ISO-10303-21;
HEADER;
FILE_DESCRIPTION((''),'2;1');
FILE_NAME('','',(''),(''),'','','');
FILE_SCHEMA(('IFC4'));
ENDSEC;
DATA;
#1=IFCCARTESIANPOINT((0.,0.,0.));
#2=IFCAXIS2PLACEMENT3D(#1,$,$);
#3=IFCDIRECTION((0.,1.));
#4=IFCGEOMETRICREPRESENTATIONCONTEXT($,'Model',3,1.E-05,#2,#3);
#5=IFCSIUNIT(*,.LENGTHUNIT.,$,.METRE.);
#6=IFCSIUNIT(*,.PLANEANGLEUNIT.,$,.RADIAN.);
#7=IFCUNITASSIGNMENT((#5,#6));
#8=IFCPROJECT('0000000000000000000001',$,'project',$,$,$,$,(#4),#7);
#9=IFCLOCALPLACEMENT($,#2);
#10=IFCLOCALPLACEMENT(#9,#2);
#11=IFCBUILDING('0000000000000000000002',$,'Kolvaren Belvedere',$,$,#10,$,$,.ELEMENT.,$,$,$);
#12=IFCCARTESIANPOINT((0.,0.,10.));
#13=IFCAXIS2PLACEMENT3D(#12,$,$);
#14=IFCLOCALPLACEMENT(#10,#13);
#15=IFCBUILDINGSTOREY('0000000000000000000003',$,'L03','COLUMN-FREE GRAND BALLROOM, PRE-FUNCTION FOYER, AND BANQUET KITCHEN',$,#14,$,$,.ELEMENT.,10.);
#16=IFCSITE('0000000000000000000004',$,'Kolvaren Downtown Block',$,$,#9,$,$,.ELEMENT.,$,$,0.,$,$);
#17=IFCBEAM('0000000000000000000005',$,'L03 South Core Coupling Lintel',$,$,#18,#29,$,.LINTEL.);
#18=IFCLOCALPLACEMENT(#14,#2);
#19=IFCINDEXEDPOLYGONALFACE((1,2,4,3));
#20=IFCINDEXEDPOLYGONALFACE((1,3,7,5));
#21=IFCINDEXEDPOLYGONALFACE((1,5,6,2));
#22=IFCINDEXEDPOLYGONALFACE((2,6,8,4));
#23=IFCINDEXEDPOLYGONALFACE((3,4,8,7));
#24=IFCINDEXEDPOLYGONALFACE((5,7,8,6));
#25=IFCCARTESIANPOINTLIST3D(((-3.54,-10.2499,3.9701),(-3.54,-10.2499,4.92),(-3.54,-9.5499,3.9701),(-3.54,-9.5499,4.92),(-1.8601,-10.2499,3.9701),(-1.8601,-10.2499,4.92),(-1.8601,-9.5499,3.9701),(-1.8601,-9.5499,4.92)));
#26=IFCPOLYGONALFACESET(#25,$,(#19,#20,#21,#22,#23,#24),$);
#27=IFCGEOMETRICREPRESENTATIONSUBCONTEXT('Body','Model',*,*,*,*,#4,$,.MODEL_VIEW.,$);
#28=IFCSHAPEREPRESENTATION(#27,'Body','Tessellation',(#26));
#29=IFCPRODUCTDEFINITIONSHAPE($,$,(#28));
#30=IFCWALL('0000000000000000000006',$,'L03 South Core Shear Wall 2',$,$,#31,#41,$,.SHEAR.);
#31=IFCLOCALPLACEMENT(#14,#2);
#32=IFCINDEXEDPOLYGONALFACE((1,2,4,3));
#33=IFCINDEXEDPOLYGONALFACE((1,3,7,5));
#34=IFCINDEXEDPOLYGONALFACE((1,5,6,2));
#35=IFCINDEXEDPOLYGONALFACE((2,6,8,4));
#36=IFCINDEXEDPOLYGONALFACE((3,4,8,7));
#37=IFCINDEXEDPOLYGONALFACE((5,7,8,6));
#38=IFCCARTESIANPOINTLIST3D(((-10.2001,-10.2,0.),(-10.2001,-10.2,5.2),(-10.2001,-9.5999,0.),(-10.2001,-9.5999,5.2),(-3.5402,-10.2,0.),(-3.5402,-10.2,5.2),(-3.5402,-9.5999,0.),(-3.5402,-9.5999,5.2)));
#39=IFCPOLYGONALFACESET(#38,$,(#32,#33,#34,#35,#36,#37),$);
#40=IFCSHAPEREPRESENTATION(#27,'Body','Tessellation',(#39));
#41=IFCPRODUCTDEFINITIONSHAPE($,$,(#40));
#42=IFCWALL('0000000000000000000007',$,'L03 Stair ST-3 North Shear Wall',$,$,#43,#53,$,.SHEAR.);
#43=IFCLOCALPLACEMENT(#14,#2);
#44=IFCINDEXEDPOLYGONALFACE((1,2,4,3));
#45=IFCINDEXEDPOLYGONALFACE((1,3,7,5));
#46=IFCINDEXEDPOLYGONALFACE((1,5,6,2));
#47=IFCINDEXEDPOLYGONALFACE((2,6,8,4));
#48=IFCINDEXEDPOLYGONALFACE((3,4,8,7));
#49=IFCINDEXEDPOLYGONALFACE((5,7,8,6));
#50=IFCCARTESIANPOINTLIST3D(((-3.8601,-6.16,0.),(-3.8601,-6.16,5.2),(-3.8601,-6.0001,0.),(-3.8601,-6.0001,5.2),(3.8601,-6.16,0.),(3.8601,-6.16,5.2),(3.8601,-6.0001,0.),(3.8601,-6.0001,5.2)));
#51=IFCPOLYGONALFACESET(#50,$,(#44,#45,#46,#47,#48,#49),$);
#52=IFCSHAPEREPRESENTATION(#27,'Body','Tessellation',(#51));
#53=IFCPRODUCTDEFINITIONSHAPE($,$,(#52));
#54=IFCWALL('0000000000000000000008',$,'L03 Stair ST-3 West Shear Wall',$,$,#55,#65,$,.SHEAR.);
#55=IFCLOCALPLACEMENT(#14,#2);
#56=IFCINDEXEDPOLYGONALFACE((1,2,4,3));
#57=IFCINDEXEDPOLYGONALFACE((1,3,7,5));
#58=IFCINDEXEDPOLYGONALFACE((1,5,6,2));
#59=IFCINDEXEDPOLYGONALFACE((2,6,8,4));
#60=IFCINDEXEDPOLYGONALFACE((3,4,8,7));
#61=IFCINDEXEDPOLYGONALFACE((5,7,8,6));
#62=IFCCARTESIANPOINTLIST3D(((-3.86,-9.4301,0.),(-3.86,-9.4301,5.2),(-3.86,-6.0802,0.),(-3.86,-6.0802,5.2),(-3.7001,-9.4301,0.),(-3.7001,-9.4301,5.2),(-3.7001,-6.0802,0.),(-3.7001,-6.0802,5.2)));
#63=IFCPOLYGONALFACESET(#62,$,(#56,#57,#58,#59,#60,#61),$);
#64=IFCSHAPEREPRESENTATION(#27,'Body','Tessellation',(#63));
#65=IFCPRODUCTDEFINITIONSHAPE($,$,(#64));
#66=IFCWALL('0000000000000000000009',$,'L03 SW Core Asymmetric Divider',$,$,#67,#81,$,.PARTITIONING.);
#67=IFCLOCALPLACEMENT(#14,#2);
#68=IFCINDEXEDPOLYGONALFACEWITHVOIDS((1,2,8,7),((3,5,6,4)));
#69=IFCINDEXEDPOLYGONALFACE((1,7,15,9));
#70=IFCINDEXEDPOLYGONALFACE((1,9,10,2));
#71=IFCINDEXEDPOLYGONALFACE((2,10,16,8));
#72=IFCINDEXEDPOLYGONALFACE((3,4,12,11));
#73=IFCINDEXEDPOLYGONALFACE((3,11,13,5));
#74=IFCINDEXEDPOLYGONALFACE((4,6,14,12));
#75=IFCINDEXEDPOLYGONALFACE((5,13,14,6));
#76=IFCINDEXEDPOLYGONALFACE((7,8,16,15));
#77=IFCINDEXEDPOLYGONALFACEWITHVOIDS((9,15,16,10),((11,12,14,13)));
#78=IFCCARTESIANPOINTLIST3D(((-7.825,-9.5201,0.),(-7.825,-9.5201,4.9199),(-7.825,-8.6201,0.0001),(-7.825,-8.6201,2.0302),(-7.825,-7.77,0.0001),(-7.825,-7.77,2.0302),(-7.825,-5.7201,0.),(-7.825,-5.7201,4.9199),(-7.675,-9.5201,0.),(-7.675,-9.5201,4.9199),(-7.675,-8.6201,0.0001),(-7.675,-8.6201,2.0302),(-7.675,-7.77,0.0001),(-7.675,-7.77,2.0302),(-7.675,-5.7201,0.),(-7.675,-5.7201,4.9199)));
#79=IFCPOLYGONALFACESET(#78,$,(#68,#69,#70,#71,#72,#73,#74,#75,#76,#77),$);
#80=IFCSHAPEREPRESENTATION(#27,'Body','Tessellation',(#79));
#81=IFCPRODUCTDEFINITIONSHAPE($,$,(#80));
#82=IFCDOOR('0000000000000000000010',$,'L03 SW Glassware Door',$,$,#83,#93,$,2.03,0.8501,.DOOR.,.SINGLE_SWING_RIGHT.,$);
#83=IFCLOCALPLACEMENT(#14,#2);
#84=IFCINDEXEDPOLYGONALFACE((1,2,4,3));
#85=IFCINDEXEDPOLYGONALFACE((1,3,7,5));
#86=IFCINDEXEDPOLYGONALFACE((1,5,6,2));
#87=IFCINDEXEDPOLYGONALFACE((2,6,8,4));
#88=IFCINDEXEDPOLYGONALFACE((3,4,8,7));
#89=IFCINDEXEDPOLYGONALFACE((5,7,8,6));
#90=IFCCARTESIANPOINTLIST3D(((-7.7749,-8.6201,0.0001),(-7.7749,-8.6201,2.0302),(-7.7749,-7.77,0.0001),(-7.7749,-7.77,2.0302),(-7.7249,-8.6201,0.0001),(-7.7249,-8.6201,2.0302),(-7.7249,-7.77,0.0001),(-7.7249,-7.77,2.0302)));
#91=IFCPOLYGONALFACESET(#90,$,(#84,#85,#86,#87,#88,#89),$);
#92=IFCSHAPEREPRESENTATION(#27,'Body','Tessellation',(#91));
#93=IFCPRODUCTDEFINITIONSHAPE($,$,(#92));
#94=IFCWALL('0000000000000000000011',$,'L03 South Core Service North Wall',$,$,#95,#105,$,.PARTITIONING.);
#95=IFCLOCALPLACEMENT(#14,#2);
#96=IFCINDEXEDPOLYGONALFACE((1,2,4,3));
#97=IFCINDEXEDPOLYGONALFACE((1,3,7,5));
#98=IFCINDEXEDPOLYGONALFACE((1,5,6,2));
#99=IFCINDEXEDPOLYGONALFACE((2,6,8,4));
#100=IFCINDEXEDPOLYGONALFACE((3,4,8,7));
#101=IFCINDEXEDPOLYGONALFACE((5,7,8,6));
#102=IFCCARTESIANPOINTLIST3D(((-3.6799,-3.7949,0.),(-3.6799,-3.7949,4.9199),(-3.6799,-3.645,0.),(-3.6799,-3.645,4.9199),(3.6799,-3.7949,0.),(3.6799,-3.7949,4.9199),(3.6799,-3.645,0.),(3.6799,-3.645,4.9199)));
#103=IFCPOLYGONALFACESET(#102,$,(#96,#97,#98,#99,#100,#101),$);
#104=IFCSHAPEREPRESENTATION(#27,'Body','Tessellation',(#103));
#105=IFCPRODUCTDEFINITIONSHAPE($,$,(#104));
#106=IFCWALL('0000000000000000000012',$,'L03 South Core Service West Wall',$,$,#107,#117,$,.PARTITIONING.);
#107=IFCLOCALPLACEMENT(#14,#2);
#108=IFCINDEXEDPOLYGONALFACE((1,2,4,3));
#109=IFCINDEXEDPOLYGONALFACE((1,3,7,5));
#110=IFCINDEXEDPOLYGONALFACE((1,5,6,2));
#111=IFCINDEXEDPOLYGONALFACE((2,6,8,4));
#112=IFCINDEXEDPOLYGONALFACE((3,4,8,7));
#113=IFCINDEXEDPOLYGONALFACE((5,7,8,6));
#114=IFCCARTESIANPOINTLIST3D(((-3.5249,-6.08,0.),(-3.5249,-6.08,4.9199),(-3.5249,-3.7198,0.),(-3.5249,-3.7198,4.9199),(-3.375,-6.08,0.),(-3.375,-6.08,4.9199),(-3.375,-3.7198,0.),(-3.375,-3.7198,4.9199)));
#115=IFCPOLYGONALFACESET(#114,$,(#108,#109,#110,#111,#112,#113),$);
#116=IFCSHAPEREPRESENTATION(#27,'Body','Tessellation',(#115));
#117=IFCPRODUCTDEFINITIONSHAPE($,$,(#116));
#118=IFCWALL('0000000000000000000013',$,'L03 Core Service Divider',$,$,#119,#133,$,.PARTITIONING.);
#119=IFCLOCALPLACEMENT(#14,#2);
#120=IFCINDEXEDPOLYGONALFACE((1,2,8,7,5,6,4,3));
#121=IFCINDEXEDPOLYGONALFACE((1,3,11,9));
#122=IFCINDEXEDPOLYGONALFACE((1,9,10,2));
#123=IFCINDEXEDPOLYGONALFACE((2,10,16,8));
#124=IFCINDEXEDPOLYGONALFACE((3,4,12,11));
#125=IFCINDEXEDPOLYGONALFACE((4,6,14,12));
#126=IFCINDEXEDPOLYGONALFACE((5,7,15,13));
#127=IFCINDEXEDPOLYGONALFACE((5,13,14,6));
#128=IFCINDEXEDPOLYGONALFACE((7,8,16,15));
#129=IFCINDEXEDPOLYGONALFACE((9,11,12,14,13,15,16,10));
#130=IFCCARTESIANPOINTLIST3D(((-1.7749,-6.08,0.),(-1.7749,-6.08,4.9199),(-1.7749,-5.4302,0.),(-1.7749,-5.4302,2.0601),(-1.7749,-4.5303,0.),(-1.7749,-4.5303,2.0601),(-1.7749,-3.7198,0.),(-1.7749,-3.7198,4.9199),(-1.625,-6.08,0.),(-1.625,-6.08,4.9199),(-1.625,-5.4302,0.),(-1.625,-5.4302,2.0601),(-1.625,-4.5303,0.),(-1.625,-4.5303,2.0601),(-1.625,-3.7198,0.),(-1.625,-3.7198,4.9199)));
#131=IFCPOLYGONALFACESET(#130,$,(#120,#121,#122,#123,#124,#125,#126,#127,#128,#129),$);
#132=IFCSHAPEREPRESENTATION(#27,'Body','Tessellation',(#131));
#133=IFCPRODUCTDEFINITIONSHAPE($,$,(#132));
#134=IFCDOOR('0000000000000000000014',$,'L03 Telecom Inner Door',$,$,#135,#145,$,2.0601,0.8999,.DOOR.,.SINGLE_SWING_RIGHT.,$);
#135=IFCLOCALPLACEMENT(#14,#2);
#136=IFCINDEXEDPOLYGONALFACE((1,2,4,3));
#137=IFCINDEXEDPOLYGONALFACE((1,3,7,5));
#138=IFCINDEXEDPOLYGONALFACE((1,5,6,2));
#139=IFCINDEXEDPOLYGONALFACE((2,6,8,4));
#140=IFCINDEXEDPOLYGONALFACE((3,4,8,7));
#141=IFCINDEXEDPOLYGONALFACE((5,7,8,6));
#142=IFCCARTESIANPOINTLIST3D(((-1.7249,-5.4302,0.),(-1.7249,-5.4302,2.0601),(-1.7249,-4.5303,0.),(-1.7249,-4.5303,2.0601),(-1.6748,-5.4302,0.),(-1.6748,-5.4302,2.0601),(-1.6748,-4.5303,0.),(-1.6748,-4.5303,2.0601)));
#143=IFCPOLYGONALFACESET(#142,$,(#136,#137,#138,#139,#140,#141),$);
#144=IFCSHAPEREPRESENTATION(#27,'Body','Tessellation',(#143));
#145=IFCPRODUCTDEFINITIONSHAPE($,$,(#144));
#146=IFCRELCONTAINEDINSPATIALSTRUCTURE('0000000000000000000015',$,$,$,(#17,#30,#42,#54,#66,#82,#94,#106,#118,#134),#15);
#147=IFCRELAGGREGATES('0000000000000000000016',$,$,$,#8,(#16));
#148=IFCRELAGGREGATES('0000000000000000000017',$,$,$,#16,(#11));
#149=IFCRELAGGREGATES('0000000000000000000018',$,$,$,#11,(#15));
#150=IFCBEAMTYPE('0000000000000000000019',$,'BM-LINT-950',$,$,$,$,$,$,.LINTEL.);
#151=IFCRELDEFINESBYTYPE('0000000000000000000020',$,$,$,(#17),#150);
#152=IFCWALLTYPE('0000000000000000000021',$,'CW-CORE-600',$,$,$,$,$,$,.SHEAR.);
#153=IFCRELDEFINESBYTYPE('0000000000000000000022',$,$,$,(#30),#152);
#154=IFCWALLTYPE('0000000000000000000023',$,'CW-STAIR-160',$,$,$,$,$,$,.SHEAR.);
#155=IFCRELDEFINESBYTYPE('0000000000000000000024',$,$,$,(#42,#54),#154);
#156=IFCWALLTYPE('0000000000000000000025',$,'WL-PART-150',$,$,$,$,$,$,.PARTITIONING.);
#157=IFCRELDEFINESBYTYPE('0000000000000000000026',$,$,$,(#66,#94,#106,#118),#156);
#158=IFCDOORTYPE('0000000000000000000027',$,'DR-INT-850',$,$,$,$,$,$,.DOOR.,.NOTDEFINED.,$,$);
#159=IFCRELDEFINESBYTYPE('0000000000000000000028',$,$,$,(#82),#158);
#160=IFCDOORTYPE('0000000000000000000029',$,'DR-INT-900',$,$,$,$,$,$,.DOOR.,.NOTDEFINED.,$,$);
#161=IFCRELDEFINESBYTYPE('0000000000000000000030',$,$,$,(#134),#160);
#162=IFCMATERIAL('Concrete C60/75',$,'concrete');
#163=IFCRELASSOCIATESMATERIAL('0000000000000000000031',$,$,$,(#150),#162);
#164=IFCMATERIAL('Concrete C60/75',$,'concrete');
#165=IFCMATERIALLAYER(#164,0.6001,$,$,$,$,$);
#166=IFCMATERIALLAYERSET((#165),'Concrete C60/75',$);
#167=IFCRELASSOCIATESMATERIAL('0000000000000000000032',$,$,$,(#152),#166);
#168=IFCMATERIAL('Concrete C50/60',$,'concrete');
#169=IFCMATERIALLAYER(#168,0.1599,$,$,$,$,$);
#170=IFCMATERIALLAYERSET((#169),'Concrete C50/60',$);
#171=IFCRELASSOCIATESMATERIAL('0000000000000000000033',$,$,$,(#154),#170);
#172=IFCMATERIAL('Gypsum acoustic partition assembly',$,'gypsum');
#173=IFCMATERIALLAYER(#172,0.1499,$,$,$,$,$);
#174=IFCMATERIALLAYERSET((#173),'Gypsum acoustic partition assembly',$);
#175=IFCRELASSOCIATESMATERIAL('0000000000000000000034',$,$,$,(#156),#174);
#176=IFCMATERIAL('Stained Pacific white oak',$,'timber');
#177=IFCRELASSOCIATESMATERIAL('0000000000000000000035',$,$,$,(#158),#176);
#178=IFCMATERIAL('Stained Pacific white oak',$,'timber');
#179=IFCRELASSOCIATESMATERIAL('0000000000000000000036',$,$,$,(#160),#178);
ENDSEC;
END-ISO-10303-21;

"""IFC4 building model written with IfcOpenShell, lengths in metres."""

from ifc_helpers import new_model, si_unit, direction, frame, frame_2d, origin, origin_2d, place, context, subcontext, project, spatial, rectangle, extrude, material, layer, layer_set, material_profile, profile_set, type_object, element, fill, save


model = new_model("IFC4")

# Units and contexts
model_context = context("Model", 3, precision=1e-05, world=origin(), true_north=direction((0.0, 1.0)))
body_context = subcontext(model_context, "Body", "Model", "MODEL_VIEW")
ifc_project = project(units=[si_unit("LENGTHUNIT", "METRE"), si_unit("PLANEANGLEUNIT", "RADIAN")], contexts=[model_context])

# Site, building, storey
site_placement = place(None, origin())
site = spatial("IfcSite", under=ifc_project, at=site_placement, Name="Kolvaren Downtown Block", CompositionType="ELEMENT", RefElevation=0.0)
building_placement = place(site_placement, origin())
building = spatial("IfcBuilding", under=site, at=building_placement, Name="Kolvaren Belvedere", CompositionType="ELEMENT")
storey_placement = place(building_placement, frame((0.0, 0.0, 10.0)))
storey = spatial("IfcBuildingStorey", under=building, at=storey_placement, Name="L03", Description="COLUMN-FREE GRAND BALLROOM, PRE-FUNCTION FOYER, AND BANQUET KITCHEN", CompositionType="ELEMENT", Elevation=10.0)

# Beam
ifc_material_1 = material(Name="Concrete C60/75", Category="concrete")
ifc_material_profile = material_profile(ifc_material_1, rectangle(XDim=0.7, YDim=0.95, at=origin_2d()), Name="RC 700X950")
ifc_profile_set = profile_set([ifc_material_profile], Name="Concrete C60/75")
beam_type = type_object("IfcBeamType", Name="BM-LINT-950", PredefinedType="LINTEL", material=ifc_profile_set)
beam_placement = place(storey_placement, frame((-3.54, -9.8999, 4.4451), z_axis=(1.0, 0.0, 0.0), x_axis=(0.0, 1.0, 0.0)))
element("IfcBeam", 1, at=beam_placement, inside=storey, type_object=beam_type, Name="L03 South Core Coupling Lintel", PredefinedType="LINTEL", context=body_context, shape_type="SweptSolid", body=[
    extrude(rectangle(XDim=0.7, YDim=0.95, at=origin_2d()), origin(), (0.0, 0.0, 1.0), 1.6799),
])

# Walls
ifc_material_2 = material(Name="Concrete C60/75", Category="concrete")
ifc_layer_1 = layer(ifc_material_2, 0.6001)
ifc_layer_set_1 = layer_set([ifc_layer_1], Name="Concrete C60/75")
wall_type_1 = type_object("IfcWallType", Name="CW-CORE-600", PredefinedType="SHEAR", material=ifc_layer_set_1)
wall_1_placement = place(storey_placement, frame((-3.54, -9.8999, 0.0), z_axis=(0.0, 0.0, 1.0), x_axis=(-1.0, 0.0, 0.0)))
element("IfcWall", 2, at=wall_1_placement, inside=storey, type_object=wall_type_1, Name="L03 South Core Shear Wall 2", PredefinedType="SHEAR", context=body_context, shape_type="SweptSolid", body=[
    extrude(rectangle(XDim=6.6599, YDim=0.6001, at=frame_2d((3.3301, 0.0))), origin(), (0.0, 0.0, 1.0), 5.2),
])
ifc_material_3 = material(Name="Concrete C50/60", Category="concrete")
ifc_layer_2 = layer(ifc_material_3, 0.1599)
ifc_layer_set_2 = layer_set([ifc_layer_2], Name="Concrete C50/60")
wall_type_2 = type_object("IfcWallType", Name="CW-STAIR-160", PredefinedType="SHEAR", material=ifc_layer_set_2)
wall_2_placement = place(storey_placement, frame((-3.8601, -6.0801, 0.0), z_axis=(0.0, 0.0, 1.0), x_axis=(1.0, 0.0, 0.0)))
element("IfcWall", 3, at=wall_2_placement, inside=storey, type_object=wall_type_2, Name="L03 Stair ST-3 North Shear Wall", PredefinedType="SHEAR", context=body_context, shape_type="SweptSolid", body=[
    extrude(rectangle(XDim=7.7202, YDim=0.1599, at=frame_2d((3.8601, 0.0))), origin(), (0.0, 0.0, 1.0), 5.2),
])
wall_3_placement = place(storey_placement, frame((-3.78, -9.4299, 0.0), z_axis=(0.0, 0.0, 1.0), x_axis=(0.0, 1.0, 0.0)))
element("IfcWall", 4, at=wall_3_placement, inside=storey, type_object=wall_type_2, Name="L03 Stair ST-3 West Shear Wall", PredefinedType="SHEAR", context=body_context, shape_type="SweptSolid", body=[
    extrude(rectangle(XDim=3.3499, YDim=0.1599, at=frame_2d((1.6748, 0.0))), origin(), (0.0, 0.0, 1.0), 5.2),
])

# Wall, opening, door
ifc_material_4 = material(Name="Gypsum acoustic partition assembly", Category="gypsum")
ifc_layer_3 = layer(ifc_material_4, 0.1499)
ifc_layer_set_3 = layer_set([ifc_layer_3], Name="Gypsum acoustic partition assembly")
wall_type_3 = type_object("IfcWallType", Name="WL-PART-150", PredefinedType="PARTITIONING", material=ifc_layer_set_3)
wall_4_placement = place(storey_placement, frame((-7.75, -9.52, 0.0), z_axis=(0.0, 0.0, 1.0), x_axis=(0.0, 1.0, 0.0)))
wall_4 = element("IfcWall", 5, at=wall_4_placement, inside=storey, type_object=wall_type_3, Name="L03 SW Core Asymmetric Divider", PredefinedType="PARTITIONING", context=body_context, shape_type="SweptSolid", body=[
    extrude(rectangle(XDim=3.8, YDim=0.1499, at=frame_2d((1.8999, 0.0))), origin(), (0.0, 0.0, 1.0), 4.9199),
])
opening_1_placement = place(wall_4_placement, frame((0.8999, 0.0, 0.0)))
opening_1 = element("IfcOpeningElement", 6, at=opening_1_placement, cuts=wall_4, PredefinedType="OPENING", context=body_context, shape_type="SweptSolid", body=[
    extrude(rectangle(XDim=0.8501, YDim=2.03, at=frame_2d((0.425, 1.0151))), frame((0.0, 0.085, 0.0), z_axis=(0.0, -1.0, 0.0), x_axis=(1.0, 0.0, 0.0)), (0.0, 0.0, 1.0), 0.1699),
])
ifc_material_5 = material(Name="Stained Pacific white oak", Category="timber")
door_type_1 = type_object("IfcDoorType", Name="DR-INT-850", OperationType="NOTDEFINED", PredefinedType="DOOR", material=ifc_material_5)
door_1_placement = place(opening_1_placement, origin())
door_1 = element("IfcDoor", 7, at=door_1_placement, inside=storey, type_object=door_type_1, Name="L03 SW Glassware Door", OperationType="SINGLE_SWING_RIGHT", OverallHeight=2.03, OverallWidth=0.8501, PredefinedType="DOOR", context=body_context, shape_type="SweptSolid", body=[
    extrude(rectangle(XDim=0.8501, YDim=2.03, at=frame_2d((0.425, 1.0151))), frame((0.0, 0.0249, 0.0), z_axis=(0.0, -1.0, 0.0), x_axis=(1.0, 0.0, 0.0)), (0.0, 0.0, 1.0), 0.05),
])
fill(opening_1, door_1)

# Walls
wall_5_placement = place(storey_placement, frame((-3.6799, -3.72, 0.0), z_axis=(0.0, 0.0, 1.0), x_axis=(1.0, 0.0, 0.0)))
element("IfcWall", 8, at=wall_5_placement, inside=storey, type_object=wall_type_3, Name="L03 South Core Service North Wall", PredefinedType="PARTITIONING", context=body_context, shape_type="SweptSolid", body=[
    extrude(rectangle(XDim=7.3599, YDim=0.1499, at=frame_2d((3.6799, 0.0))), origin(), (0.0, 0.0, 1.0), 4.9199),
])
wall_6_placement = place(storey_placement, frame((-3.45, -6.0801, 0.0), z_axis=(0.0, 0.0, 1.0), x_axis=(0.0, 1.0, 0.0)))
element("IfcWall", 9, at=wall_6_placement, inside=storey, type_object=wall_type_3, Name="L03 South Core Service West Wall", PredefinedType="PARTITIONING", context=body_context, shape_type="SweptSolid", body=[
    extrude(rectangle(XDim=2.3601, YDim=0.1499, at=frame_2d((1.1802, 0.0))), origin(), (0.0, 0.0, 1.0), 4.9199),
])

# Wall, opening, door
wall_7_placement = place(storey_placement, frame((-1.7, -6.0801, 0.0), z_axis=(0.0, 0.0, 1.0), x_axis=(0.0, 1.0, 0.0)))
wall_7 = element("IfcWall", 10, at=wall_7_placement, inside=storey, type_object=wall_type_3, Name="L03 Core Service Divider", PredefinedType="PARTITIONING", context=body_context, shape_type="SweptSolid", body=[
    extrude(rectangle(XDim=2.3601, YDim=0.1499, at=frame_2d((1.1802, 0.0))), origin(), (0.0, 0.0, 1.0), 4.9199),
])
opening_2_placement = place(wall_7_placement, frame((0.6499, 0.0, 0.0)))
opening_2 = element("IfcOpeningElement", 11, at=opening_2_placement, cuts=wall_7, PredefinedType="OPENING", context=body_context, shape_type="SweptSolid", body=[
    extrude(rectangle(XDim=0.8999, YDim=2.0601, at=frame_2d((0.45, 1.03))), frame((0.0, 0.085, 0.0), z_axis=(0.0, -1.0, 0.0), x_axis=(1.0, 0.0, 0.0)), (0.0, 0.0, 1.0), 0.1699),
])
ifc_material_6 = material(Name="Stained Pacific white oak", Category="timber")
door_type_2 = type_object("IfcDoorType", Name="DR-INT-900", OperationType="NOTDEFINED", PredefinedType="DOOR", material=ifc_material_6)
door_2_placement = place(opening_2_placement, origin())
door_2 = element("IfcDoor", 12, at=door_2_placement, inside=storey, type_object=door_type_2, Name="L03 Telecom Inner Door", OperationType="SINGLE_SWING_RIGHT", OverallHeight=2.0601, OverallWidth=0.8999, PredefinedType="DOOR", context=body_context, shape_type="SweptSolid", body=[
    extrude(rectangle(XDim=0.8999, YDim=2.0601, at=frame_2d((0.45, 1.03))), frame((0.0, 0.0249, 0.0), z_axis=(0.0, -1.0, 0.0), x_axis=(1.0, 0.0, 0.0)), (0.0, 0.0, 1.0), 0.05),
])
fill(opening_2, door_2)

save(model, "model.ifc")
